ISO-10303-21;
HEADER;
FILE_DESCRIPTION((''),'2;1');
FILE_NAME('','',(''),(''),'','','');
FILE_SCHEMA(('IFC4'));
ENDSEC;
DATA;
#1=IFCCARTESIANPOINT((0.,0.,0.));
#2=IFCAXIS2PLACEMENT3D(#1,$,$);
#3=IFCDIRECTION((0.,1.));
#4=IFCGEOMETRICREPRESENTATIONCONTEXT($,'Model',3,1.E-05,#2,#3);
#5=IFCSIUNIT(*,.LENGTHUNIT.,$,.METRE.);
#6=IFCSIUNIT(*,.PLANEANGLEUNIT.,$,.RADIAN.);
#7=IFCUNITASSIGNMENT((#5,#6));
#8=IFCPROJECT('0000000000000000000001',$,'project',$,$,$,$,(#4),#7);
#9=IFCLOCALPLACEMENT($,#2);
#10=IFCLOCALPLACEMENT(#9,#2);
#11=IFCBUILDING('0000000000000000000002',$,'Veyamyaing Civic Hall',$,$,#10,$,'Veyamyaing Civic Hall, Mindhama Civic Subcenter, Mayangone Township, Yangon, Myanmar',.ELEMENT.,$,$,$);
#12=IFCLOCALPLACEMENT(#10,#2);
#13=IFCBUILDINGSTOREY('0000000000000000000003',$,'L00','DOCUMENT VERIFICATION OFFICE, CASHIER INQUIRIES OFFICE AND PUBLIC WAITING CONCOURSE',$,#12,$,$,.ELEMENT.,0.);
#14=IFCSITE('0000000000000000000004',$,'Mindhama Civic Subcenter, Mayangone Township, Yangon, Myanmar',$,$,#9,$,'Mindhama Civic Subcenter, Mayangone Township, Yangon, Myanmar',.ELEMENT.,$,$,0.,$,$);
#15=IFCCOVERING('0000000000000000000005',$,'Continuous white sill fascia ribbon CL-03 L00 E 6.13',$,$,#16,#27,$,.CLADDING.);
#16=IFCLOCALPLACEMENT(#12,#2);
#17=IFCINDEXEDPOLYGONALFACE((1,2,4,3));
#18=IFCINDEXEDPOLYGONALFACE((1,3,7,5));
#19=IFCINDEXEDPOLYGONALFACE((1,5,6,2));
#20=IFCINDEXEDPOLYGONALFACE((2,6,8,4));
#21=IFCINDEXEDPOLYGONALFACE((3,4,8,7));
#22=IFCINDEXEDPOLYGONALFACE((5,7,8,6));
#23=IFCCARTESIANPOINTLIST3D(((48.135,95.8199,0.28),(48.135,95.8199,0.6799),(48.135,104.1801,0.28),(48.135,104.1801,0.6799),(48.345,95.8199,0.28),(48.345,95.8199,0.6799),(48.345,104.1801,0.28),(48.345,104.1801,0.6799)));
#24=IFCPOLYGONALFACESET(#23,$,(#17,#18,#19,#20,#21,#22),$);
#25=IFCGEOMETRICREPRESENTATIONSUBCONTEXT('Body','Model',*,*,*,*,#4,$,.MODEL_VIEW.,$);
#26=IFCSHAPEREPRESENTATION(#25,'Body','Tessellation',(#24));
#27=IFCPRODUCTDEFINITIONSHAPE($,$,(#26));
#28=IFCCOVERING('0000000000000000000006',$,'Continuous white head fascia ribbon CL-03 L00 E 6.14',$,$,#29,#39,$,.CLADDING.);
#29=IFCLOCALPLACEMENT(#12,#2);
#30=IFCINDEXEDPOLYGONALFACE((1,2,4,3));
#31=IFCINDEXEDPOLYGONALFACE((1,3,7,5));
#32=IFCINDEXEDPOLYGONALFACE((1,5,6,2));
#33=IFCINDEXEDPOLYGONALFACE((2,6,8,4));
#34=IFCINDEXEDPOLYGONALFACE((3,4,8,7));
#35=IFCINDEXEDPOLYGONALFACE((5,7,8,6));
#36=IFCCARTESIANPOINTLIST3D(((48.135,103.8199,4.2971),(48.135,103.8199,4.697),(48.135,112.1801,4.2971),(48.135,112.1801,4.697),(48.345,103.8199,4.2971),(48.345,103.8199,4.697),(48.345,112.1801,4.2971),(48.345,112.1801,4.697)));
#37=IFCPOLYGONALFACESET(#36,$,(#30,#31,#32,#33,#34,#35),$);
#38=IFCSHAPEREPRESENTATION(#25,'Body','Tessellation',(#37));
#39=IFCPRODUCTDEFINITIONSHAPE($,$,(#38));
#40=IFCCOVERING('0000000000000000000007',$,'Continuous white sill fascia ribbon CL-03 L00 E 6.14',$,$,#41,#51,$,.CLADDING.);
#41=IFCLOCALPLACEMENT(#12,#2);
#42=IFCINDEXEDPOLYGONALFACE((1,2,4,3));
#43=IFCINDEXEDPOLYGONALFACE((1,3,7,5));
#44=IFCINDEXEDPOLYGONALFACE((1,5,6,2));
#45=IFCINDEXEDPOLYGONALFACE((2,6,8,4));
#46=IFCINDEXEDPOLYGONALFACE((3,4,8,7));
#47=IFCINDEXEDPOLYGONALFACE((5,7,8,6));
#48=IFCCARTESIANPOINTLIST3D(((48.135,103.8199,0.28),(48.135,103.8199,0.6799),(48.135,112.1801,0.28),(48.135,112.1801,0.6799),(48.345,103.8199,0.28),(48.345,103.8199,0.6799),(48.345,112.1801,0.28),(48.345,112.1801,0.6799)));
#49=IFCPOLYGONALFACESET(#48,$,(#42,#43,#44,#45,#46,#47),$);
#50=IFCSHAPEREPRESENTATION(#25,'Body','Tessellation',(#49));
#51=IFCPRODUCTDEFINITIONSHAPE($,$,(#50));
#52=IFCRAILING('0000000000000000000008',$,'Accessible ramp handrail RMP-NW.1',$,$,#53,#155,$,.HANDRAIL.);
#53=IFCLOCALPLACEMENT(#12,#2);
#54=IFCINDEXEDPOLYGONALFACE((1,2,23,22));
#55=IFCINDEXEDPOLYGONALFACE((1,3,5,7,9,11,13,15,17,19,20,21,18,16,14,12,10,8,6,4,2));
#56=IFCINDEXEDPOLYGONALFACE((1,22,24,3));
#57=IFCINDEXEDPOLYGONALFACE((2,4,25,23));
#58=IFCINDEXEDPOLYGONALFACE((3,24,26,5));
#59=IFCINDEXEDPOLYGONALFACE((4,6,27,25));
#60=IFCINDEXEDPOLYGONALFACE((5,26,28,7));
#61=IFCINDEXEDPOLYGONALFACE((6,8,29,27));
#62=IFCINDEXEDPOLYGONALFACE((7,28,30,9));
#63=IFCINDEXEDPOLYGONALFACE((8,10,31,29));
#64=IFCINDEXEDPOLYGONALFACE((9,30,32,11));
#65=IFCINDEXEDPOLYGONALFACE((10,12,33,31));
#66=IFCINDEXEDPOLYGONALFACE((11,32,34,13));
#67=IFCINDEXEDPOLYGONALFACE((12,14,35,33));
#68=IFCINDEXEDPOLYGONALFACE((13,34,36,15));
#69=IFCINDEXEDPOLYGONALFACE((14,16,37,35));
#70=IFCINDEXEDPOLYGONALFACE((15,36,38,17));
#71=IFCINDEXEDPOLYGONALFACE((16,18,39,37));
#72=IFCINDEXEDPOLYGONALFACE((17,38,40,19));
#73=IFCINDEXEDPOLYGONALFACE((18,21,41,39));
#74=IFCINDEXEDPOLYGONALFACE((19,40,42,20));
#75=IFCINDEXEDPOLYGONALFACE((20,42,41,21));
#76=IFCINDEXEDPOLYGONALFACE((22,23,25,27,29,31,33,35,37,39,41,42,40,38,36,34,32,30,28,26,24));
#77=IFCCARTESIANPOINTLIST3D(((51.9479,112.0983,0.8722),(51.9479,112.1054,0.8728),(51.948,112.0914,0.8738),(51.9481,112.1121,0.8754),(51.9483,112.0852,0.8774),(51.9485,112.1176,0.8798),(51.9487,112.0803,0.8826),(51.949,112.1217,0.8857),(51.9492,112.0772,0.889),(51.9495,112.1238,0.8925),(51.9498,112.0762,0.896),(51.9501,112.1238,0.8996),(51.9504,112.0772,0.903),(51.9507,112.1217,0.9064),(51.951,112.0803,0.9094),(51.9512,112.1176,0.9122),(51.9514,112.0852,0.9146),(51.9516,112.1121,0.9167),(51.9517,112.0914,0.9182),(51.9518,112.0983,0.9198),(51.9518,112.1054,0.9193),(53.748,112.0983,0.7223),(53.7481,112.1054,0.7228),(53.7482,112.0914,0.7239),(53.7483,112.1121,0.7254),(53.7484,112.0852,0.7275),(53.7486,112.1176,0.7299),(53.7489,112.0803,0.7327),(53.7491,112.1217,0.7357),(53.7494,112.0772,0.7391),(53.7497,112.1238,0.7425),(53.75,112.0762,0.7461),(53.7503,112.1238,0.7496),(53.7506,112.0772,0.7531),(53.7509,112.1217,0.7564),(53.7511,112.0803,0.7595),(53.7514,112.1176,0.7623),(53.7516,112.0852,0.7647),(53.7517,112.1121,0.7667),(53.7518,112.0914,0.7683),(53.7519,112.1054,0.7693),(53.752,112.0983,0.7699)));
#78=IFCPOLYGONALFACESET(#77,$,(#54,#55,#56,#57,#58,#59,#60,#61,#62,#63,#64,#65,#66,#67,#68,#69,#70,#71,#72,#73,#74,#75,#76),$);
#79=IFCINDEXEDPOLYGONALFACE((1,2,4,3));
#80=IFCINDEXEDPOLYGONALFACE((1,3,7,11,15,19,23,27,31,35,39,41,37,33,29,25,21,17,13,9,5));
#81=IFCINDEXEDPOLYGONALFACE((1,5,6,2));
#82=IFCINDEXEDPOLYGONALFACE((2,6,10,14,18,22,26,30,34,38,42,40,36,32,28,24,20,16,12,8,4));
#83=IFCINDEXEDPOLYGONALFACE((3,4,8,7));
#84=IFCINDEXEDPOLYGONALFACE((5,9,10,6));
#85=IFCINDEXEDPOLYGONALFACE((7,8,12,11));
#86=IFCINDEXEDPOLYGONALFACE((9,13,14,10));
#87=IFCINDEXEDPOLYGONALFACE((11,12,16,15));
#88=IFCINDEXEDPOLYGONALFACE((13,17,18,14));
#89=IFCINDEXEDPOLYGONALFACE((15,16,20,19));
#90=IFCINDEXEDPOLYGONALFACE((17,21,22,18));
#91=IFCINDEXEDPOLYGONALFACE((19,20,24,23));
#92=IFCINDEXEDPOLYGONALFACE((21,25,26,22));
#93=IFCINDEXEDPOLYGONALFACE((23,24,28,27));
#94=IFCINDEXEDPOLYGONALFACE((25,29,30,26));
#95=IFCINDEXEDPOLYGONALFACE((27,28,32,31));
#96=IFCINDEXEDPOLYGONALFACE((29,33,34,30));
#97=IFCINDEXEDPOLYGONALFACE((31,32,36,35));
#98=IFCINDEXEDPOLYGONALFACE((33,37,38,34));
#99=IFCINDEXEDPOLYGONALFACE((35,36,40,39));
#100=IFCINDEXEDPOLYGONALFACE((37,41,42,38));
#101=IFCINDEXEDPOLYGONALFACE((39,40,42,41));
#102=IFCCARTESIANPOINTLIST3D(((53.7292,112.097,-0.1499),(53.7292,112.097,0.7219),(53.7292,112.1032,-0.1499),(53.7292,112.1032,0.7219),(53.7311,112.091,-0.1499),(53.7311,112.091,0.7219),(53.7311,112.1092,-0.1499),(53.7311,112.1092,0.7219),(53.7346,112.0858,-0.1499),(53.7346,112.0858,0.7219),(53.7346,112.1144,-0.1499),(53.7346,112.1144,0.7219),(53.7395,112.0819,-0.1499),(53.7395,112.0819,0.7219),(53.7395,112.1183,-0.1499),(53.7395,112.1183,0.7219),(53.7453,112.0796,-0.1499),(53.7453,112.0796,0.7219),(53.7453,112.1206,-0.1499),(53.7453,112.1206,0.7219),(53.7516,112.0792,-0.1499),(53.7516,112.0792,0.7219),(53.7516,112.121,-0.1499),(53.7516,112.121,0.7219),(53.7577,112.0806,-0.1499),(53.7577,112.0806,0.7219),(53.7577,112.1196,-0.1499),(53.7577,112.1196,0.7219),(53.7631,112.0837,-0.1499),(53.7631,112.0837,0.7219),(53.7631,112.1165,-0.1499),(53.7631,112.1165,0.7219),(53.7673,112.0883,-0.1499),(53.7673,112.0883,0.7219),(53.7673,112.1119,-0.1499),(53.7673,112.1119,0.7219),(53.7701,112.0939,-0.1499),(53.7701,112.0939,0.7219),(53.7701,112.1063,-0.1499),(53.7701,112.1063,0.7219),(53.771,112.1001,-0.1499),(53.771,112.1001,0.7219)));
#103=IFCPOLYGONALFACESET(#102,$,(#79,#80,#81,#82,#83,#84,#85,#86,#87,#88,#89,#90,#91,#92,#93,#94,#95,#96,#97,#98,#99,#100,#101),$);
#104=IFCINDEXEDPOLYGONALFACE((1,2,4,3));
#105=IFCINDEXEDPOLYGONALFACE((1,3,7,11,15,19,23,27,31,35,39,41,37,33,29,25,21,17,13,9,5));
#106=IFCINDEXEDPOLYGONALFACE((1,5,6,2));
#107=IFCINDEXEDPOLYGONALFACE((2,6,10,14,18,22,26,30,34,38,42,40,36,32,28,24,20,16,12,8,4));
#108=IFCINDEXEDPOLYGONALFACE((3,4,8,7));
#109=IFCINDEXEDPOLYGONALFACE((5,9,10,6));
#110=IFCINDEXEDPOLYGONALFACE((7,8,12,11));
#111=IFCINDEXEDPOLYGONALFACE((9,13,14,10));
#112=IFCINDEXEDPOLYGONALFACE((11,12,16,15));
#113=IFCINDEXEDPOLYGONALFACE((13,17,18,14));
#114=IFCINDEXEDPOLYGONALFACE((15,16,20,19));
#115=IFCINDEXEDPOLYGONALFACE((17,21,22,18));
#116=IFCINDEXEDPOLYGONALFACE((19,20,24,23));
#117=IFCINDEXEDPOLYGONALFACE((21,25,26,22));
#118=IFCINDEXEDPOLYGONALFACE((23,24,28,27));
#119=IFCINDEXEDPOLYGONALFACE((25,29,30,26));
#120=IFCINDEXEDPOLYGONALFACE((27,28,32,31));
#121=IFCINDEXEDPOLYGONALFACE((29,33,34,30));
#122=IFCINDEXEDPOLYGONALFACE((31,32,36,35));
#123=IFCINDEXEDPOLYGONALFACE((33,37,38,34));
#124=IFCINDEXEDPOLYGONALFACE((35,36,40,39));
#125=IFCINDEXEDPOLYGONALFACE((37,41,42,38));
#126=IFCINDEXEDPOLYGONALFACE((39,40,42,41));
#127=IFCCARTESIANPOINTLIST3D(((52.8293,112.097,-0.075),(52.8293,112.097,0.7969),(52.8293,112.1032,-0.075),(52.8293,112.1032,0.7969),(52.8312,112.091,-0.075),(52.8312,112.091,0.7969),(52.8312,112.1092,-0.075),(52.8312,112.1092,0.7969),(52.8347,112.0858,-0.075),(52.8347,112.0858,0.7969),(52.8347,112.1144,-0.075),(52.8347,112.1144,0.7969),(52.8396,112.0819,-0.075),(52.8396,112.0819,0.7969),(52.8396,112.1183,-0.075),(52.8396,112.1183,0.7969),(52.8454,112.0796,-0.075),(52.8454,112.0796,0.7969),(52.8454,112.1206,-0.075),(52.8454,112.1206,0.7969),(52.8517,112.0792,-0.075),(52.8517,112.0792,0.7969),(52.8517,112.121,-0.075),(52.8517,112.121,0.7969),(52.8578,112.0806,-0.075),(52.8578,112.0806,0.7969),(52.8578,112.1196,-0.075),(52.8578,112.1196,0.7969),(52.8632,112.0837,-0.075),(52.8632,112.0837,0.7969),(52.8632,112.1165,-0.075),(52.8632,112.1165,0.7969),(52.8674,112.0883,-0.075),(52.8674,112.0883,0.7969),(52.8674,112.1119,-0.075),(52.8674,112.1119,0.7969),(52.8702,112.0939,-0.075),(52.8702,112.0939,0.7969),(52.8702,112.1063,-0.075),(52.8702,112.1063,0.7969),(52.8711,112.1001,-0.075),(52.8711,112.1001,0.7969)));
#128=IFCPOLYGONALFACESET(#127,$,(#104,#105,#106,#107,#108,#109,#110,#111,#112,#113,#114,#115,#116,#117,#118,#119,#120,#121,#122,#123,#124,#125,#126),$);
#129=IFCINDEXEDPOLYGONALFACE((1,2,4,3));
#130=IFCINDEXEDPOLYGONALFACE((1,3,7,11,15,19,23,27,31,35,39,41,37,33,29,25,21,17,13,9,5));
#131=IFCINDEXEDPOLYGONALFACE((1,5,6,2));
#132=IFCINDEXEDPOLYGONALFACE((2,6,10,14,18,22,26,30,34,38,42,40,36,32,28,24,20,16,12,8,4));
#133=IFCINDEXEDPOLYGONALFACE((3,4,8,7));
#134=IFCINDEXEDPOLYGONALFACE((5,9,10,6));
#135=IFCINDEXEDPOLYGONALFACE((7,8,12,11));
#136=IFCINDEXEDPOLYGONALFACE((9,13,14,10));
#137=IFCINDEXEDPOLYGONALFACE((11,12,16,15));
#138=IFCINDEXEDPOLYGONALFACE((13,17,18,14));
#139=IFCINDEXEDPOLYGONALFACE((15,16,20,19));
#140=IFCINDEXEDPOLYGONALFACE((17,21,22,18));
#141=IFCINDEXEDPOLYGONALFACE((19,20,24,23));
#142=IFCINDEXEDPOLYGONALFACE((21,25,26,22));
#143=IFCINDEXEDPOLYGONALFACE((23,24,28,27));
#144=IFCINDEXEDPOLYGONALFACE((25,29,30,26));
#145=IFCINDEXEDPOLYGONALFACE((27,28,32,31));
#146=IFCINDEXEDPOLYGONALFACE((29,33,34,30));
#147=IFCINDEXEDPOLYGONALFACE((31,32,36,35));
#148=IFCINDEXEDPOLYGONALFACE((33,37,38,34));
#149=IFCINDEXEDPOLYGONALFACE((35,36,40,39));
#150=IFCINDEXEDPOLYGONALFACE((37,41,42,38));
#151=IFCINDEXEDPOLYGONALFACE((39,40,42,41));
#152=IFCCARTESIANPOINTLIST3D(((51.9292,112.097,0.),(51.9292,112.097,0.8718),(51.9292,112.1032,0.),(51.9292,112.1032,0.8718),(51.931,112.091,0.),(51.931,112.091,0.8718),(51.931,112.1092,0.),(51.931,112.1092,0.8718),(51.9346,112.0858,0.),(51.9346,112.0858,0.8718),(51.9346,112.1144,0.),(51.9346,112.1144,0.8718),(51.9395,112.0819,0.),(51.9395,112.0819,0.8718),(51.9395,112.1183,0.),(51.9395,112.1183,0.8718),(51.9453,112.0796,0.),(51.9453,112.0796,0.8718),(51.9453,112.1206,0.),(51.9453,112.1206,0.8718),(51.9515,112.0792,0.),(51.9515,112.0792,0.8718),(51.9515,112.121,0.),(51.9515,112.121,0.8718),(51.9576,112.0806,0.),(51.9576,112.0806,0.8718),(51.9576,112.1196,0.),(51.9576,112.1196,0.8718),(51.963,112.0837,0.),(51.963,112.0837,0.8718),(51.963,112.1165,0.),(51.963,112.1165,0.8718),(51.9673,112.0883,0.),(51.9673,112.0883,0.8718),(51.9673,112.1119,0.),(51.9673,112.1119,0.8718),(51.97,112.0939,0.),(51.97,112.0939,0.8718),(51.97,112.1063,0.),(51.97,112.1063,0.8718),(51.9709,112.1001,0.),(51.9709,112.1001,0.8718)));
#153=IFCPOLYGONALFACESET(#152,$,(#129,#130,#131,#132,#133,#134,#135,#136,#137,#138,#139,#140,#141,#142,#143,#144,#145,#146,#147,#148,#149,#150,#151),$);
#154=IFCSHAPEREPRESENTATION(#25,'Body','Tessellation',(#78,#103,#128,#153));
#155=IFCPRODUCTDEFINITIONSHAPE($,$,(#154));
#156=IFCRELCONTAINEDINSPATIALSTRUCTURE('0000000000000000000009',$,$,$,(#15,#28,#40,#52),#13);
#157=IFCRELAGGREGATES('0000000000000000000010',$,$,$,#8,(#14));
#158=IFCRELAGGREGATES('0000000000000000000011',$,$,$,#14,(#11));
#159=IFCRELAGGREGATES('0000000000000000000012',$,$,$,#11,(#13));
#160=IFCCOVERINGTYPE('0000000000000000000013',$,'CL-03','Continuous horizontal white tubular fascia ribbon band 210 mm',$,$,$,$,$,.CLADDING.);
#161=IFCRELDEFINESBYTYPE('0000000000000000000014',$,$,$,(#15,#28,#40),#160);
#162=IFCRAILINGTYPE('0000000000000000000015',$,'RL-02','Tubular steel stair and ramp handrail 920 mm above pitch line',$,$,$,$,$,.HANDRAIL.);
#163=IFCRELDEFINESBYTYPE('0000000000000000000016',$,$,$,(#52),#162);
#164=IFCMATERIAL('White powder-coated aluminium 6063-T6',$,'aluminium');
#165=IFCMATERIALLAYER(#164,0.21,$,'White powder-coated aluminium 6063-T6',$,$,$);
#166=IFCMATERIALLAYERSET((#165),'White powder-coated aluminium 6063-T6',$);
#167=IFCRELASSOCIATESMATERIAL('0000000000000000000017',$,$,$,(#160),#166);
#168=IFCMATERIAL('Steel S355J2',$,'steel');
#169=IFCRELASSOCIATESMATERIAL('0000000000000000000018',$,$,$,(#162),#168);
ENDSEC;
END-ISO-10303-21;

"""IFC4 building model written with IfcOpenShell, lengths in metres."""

from ifc_helpers import new_model, si_unit, direction, frame, origin, origin_2d, place, context, subcontext, project, spatial, rectangle, circle, extrude, material, layer, layer_set, type_object, element, save


model = new_model("IFC4")

# Units and contexts
model_context = context("Model", 3, precision=1e-05, world=origin(), true_north=direction((0.0, 1.0)))
body_context = subcontext(model_context, "Body", "Model", "MODEL_VIEW")
ifc_project = project(units=[si_unit("LENGTHUNIT", "METRE"), si_unit("PLANEANGLEUNIT", "RADIAN")], contexts=[model_context])

# Site, building, storey
site_placement = place(None, origin())
site = spatial("IfcSite", under=ifc_project, at=site_placement, Name="Mindhama Civic Subcenter, Mayangone Township, Yangon, Myanmar", LongName="Mindhama Civic Subcenter, Mayangone Township, Yangon, Myanmar", CompositionType="ELEMENT", RefElevation=0.0)
building_placement = place(site_placement, origin())
building = spatial("IfcBuilding", under=site, at=building_placement, Name="Veyamyaing Civic Hall", LongName="Veyamyaing Civic Hall, Mindhama Civic Subcenter, Mayangone Township, Yangon, Myanmar", CompositionType="ELEMENT")
storey_placement = place(building_placement, origin())
storey = spatial("IfcBuildingStorey", under=building, at=storey_placement, Name="L00", Description="DOCUMENT VERIFICATION OFFICE, CASHIER INQUIRIES OFFICE AND PUBLIC WAITING CONCOURSE", CompositionType="ELEMENT", Elevation=0.0)

# Coverings
ifc_material_1 = material(Name="White powder-coated aluminium 6063-T6", Category="aluminium")
ifc_layer_1 = layer(ifc_material_1, 0.21, Name="White powder-coated aluminium 6063-T6")
ifc_layer_set_1 = layer_set([ifc_layer_1], Name="White powder-coated aluminium 6063-T6")
covering_type_1 = type_object("IfcCoveringType", Name="CL-03", Description="Continuous horizontal white tubular fascia ribbon band 210 mm", PredefinedType="CLADDING", material=ifc_layer_set_1)
for number, where, z_axis, x_axis, name in (
    (1, (48.24, 100.0, 0.28), (0.0, 0.0, 1.0), (0.0, 1.0, 0.0), "Continuous white sill fascia ribbon CL-03 L00 E 6.13"),
    (2, (48.24, 108.0, 4.2971), (0.0, 0.0, 1.0), (0.0, 1.0, 0.0), "Continuous white head fascia ribbon CL-03 L00 E 6.14"),
    (3, (48.24, 108.0, 0.28), (0.0, 0.0, 1.0), (0.0, 1.0, 0.0), "Continuous white sill fascia ribbon CL-03 L00 E 6.14"),
):
    element("IfcCovering", number, at=place(storey_placement, frame(where, z_axis=z_axis, x_axis=x_axis)), inside=storey, type_object=covering_type_1, Name=name, PredefinedType="CLADDING", context=body_context, shape_type="SweptSolid", body=[
        extrude(rectangle(XDim=8.3601, YDim=0.21, at=origin_2d()), origin(), (0.0, 0.0, 1.0), 0.3999),
    ])

# Railing
ifc_material_2 = material(Name="Steel S355J2", Category="steel")
railing_type = type_object("IfcRailingType", Name="RL-02", Description="Tubular steel stair and ramp handrail 920 mm above pitch line", PredefinedType="HANDRAIL", material=ifc_material_2)
for number, where, name in (
    (4, (53.75, 112.1001, -0.1499), "Accessible ramp handrail RMP-NW.1"),
):
    element("IfcRailing", number, at=place(storey_placement, frame(where)), inside=storey, type_object=railing_type, Name=name, PredefinedType="HANDRAIL", context=body_context, shape_type="SweptSolid", body=[
        extrude(circle(Radius=0.0239, at=origin_2d()), frame((0.0, 0.0, 0.896), z_axis=(-0.99655, 0.0, 0.08299), x_axis=(0.0, -1.0, 0.0)), (0.0, 0.0, 1.0), 1.8064),
        extrude(circle(Radius=0.021, at=origin_2d()), origin(), (0.0, 0.0, 1.0), 0.8718),
        extrude(circle(Radius=0.021, at=origin_2d()), frame((-0.8999, 0.0, 0.075)), (0.0, 0.0, 1.0), 0.8718),
        extrude(circle(Radius=0.021, at=origin_2d()), frame((-1.8, 0.0, 0.1499)), (0.0, 0.0, 1.0), 0.8718),
    ])

save(model, "model.ifc")
